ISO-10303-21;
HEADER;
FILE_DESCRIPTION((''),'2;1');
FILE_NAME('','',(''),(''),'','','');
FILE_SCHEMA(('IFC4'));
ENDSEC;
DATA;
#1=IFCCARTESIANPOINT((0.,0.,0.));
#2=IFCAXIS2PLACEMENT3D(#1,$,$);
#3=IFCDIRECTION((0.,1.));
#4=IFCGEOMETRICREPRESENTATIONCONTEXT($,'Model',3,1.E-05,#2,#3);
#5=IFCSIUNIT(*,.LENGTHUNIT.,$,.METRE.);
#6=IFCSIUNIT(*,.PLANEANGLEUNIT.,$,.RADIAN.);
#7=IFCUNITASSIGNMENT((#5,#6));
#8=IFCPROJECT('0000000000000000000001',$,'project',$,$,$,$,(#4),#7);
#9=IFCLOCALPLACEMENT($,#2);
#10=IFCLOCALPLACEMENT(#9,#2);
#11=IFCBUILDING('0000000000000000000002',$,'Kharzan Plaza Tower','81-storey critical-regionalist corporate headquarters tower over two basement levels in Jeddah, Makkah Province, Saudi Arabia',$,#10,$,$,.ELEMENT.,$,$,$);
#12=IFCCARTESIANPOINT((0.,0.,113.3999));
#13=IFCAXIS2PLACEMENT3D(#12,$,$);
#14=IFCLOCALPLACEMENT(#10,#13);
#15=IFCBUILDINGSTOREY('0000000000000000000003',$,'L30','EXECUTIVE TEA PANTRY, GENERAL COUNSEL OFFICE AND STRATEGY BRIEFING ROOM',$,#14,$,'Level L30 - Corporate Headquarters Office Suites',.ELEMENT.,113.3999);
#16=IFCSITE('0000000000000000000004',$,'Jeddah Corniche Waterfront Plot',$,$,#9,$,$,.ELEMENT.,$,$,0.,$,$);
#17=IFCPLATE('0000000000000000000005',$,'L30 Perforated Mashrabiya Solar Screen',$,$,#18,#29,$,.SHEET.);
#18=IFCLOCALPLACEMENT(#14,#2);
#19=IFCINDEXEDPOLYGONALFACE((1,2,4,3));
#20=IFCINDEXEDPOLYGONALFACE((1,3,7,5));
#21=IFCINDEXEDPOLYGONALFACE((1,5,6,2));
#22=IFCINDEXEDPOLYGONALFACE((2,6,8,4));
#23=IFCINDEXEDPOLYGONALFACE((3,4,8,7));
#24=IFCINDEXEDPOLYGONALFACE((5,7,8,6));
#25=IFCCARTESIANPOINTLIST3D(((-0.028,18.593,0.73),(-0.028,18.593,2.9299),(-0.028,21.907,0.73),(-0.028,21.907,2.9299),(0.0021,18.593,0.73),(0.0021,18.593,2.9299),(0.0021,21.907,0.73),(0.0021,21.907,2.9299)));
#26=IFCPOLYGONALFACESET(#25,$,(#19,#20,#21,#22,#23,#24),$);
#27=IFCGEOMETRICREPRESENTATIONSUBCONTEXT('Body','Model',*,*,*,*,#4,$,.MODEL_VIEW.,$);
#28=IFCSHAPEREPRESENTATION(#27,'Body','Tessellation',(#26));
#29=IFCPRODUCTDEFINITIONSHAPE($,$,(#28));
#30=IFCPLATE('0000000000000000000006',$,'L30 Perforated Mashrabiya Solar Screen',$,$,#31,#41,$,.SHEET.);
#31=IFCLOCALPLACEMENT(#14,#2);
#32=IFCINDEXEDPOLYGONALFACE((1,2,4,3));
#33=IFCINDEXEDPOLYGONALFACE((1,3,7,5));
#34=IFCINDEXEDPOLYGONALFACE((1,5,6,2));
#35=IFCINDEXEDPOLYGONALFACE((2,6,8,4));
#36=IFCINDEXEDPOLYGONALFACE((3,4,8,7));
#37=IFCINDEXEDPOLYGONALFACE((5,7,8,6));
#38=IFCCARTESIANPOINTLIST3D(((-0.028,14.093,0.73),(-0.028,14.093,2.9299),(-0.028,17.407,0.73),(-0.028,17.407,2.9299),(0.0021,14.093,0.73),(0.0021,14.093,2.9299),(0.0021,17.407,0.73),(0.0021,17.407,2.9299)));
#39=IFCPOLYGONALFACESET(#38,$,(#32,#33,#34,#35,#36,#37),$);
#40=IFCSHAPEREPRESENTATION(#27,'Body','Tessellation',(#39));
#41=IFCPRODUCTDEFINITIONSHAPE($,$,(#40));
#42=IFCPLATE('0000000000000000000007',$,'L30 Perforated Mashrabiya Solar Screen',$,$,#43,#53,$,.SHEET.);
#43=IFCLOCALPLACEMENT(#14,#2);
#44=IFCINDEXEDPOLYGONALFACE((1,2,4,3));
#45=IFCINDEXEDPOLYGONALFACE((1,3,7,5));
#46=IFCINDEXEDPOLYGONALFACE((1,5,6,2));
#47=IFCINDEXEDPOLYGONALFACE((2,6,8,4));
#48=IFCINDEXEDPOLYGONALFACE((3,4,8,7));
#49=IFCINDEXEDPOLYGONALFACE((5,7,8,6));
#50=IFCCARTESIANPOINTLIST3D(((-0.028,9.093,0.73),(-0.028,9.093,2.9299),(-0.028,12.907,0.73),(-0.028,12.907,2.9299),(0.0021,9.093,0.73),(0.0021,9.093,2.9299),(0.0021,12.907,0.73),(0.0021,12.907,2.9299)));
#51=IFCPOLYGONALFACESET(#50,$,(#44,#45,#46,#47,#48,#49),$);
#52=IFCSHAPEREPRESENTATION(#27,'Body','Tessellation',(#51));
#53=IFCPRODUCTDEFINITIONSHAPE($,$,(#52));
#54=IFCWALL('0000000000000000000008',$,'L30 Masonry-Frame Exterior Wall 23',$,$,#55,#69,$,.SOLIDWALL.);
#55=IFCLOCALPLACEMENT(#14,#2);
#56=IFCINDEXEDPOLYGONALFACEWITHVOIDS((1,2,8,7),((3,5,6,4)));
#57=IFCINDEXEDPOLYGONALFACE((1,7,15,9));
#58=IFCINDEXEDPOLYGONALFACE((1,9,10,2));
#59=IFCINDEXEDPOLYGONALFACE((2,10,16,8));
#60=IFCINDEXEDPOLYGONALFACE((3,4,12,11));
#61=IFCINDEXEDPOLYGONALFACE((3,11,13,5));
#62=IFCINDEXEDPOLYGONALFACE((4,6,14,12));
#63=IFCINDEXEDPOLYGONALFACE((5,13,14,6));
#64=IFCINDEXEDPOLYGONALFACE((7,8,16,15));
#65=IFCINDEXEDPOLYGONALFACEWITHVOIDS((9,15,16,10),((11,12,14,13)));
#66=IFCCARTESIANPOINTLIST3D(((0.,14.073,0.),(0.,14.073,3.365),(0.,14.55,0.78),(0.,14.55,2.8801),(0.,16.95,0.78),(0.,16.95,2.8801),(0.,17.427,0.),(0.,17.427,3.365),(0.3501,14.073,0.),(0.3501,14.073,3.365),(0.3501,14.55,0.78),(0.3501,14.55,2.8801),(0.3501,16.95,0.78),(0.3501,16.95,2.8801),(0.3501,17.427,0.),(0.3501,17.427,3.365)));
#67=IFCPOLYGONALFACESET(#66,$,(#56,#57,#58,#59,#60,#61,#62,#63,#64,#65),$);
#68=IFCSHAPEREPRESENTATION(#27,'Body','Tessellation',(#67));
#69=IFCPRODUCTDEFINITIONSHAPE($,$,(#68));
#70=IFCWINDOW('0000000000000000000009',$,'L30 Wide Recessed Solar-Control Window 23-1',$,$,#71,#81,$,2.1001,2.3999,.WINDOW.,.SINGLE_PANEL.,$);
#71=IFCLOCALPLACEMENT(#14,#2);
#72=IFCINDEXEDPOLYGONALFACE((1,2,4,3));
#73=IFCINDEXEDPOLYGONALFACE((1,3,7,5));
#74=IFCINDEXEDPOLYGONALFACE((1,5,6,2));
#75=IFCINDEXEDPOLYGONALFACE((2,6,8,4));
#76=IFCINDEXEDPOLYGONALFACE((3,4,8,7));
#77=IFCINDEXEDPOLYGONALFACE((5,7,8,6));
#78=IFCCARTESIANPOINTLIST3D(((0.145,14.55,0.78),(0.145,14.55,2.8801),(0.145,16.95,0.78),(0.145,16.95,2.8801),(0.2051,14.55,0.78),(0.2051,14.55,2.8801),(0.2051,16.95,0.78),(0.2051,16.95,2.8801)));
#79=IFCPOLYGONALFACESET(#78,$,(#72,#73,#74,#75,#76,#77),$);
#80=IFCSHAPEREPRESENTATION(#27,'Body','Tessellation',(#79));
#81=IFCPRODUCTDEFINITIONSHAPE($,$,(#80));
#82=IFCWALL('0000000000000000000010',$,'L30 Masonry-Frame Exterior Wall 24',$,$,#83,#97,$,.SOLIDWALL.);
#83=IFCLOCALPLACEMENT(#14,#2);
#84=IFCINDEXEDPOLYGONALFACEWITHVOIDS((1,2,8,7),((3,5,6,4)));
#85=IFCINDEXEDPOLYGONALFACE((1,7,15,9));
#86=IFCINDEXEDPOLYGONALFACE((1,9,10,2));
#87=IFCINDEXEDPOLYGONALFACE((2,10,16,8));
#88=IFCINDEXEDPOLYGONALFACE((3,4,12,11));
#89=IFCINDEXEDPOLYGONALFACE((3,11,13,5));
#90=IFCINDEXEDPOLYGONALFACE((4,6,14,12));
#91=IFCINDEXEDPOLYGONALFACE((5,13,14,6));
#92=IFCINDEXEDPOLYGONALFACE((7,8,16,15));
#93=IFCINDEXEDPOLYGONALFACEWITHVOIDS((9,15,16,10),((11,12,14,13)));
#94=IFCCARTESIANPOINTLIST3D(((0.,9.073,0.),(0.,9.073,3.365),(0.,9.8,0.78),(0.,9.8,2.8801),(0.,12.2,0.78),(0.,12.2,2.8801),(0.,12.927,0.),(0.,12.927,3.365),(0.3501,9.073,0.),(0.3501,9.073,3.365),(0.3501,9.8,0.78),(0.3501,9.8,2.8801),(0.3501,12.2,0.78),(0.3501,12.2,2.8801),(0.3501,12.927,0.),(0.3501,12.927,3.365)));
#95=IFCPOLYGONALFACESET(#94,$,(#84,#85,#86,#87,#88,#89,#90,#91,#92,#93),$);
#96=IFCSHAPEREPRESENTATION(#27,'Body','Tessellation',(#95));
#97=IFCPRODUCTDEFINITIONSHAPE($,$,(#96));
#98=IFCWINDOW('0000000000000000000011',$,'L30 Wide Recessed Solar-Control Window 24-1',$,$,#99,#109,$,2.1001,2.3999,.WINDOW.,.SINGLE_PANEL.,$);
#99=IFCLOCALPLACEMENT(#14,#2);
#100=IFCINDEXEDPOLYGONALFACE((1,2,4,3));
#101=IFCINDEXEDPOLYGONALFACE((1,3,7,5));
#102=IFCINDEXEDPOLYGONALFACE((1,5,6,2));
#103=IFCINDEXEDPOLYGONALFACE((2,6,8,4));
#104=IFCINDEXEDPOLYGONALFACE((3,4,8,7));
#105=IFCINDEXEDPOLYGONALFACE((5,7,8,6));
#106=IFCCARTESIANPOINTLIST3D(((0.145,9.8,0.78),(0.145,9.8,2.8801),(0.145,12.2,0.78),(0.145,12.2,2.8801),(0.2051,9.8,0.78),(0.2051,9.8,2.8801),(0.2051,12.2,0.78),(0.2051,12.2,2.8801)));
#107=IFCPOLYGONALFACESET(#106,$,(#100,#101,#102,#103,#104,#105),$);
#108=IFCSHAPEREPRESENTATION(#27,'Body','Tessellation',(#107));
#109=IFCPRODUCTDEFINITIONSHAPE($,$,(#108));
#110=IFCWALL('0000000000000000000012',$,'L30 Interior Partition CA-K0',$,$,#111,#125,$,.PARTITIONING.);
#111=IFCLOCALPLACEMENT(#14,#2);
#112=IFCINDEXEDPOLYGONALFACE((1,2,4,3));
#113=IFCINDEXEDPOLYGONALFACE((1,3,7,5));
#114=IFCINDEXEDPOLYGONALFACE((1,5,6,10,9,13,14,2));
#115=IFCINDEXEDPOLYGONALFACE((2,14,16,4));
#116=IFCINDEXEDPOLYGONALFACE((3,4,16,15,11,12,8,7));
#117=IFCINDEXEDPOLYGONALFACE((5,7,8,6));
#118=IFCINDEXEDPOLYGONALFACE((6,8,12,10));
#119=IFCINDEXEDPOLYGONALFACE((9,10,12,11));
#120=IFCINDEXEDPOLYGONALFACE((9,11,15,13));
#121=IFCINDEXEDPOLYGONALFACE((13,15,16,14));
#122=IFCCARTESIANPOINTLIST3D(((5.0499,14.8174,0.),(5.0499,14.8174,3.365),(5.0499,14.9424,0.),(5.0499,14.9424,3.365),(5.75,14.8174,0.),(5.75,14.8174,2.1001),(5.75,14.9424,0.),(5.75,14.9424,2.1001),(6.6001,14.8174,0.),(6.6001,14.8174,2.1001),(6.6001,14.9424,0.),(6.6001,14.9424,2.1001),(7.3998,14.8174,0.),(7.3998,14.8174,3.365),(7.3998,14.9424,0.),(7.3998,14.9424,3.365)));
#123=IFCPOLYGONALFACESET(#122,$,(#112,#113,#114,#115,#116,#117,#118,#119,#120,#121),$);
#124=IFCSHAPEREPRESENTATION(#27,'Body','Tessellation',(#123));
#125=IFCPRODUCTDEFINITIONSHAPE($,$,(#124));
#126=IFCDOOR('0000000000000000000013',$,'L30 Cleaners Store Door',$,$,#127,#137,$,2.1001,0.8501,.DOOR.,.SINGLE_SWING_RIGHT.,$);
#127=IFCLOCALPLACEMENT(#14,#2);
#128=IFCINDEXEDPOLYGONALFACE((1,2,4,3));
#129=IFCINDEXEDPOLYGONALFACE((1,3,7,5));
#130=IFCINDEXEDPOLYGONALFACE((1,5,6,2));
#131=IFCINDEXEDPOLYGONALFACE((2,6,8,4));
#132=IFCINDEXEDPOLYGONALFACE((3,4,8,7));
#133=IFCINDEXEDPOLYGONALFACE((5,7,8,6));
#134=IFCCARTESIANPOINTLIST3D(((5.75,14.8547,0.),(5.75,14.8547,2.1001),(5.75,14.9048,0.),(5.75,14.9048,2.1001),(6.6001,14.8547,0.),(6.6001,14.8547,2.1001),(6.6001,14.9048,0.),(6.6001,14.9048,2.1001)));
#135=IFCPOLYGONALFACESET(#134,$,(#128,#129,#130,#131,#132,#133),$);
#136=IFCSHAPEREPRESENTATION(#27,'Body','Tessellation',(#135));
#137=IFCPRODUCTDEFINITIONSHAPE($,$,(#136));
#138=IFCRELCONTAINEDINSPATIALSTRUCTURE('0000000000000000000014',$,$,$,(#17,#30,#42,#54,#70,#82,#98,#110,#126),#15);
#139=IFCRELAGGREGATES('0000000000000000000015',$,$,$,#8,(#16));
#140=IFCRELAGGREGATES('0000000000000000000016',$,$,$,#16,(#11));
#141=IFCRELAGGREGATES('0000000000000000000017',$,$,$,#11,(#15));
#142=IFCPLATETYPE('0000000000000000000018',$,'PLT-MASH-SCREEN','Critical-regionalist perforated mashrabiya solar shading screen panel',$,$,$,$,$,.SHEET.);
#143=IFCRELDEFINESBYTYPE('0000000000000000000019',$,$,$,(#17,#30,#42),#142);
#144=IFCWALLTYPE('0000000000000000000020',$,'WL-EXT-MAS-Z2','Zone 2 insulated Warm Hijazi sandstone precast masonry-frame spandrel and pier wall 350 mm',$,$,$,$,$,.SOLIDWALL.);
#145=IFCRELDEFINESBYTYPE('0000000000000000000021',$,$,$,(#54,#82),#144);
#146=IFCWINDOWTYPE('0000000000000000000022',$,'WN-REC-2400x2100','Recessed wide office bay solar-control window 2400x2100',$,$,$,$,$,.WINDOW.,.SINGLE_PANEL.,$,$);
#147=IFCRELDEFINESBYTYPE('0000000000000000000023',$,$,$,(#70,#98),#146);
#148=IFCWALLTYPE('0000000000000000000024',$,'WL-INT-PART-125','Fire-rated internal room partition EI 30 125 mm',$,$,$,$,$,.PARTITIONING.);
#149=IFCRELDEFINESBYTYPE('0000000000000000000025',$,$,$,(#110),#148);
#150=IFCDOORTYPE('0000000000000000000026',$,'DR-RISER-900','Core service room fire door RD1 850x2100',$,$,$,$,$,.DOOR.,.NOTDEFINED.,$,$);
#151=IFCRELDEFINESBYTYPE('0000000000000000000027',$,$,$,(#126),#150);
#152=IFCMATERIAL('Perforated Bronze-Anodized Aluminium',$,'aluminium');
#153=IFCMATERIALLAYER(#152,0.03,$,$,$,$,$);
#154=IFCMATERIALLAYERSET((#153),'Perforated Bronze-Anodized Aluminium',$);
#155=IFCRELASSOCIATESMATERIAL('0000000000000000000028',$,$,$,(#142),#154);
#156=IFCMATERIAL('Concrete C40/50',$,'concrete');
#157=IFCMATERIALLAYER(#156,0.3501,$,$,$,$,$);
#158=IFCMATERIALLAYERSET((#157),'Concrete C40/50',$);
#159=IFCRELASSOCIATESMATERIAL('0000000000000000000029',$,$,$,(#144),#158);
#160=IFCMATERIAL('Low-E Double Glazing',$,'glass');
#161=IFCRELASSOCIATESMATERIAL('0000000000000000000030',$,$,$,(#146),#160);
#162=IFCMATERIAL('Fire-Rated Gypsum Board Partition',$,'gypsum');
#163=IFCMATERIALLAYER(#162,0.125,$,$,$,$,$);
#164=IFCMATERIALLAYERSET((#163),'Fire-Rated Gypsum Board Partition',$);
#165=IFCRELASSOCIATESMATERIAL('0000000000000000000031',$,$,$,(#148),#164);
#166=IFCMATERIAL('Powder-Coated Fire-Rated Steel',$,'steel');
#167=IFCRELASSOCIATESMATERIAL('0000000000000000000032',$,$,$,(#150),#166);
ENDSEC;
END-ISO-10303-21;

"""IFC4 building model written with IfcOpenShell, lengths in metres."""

from ifc_helpers import new_model, si_unit, direction, frame, frame_2d, origin, origin_2d, place, context, subcontext, project, spatial, rectangle, extrude, source, transform, mapped, material, layer, layer_set, type_object, element, fill, save


model = new_model("IFC4")

# Units and contexts
model_context = context("Model", 3, precision=1e-05, world=origin(), true_north=direction((0.0, 1.0)))
body_context = subcontext(model_context, "Body", "Model", "MODEL_VIEW")
ifc_project = project(units=[si_unit("LENGTHUNIT", "METRE"), si_unit("PLANEANGLEUNIT", "RADIAN")], contexts=[model_context])

# Site, building, storey
site_placement = place(None, origin())
site = spatial("IfcSite", under=ifc_project, at=site_placement, Name="Jeddah Corniche Waterfront Plot", CompositionType="ELEMENT", RefElevation=0.0)
building_placement = place(site_placement, origin())
building = spatial("IfcBuilding", under=site, at=building_placement, Name="Kharzan Plaza Tower", Description="81-storey critical-regionalist corporate headquarters tower over two basement levels in Jeddah, Makkah Province, Saudi Arabia", CompositionType="ELEMENT")
storey_placement = place(building_placement, frame((0.0, 0.0, 113.3999)))
storey = spatial("IfcBuildingStorey", under=building, at=storey_placement, Name="L30", Description="EXECUTIVE TEA PANTRY, GENERAL COUNSEL OFFICE AND STRATEGY BRIEFING ROOM", LongName="Level L30 - Corporate Headquarters Office Suites", CompositionType="ELEMENT", Elevation=113.3999)

# Plates
ifc_material_1 = material(Name="Perforated Bronze-Anodized Aluminium", Category="aluminium")
ifc_layer_1 = layer(ifc_material_1, 0.03)
ifc_layer_set_1 = layer_set([ifc_layer_1], Name="Perforated Bronze-Anodized Aluminium")
plate_type = type_object("IfcPlateType", Name="PLT-MASH-SCREEN", Description="Critical-regionalist perforated mashrabiya solar shading screen panel", PredefinedType="SHEET", material=ifc_layer_set_1)
shared_shape_1 = source(origin(), body_context, "Body", "SweptSolid", [
    extrude(rectangle(XDim=3.314, YDim=0.03, at=origin_2d()), origin(), (0.0, 0.0, 1.0), 2.2),
])
for number, where, z_axis, x_axis, name in (
    (1, (-0.0129, 20.25, 0.73), (0.0, 0.0, 1.0), (0.0, -1.0, 0.0), "L30 Perforated Mashrabiya Solar Screen"),
    (2, (-0.0129, 15.75, 0.73), (0.0, 0.0, 1.0), (0.0, -1.0, 0.0), "L30 Perforated Mashrabiya Solar Screen"),
):
    element("IfcPlate", number, at=place(storey_placement, frame(where, z_axis=z_axis, x_axis=x_axis)), inside=storey, type_object=plate_type, Name=name, PredefinedType="SHEET", context=body_context, shape_type="MappedRepresentation", body=[
        mapped(shared_shape_1, transform((0.0, 0.0, 0.0), x_axis=(1.0, 0.0, 0.0), y_axis=(0.0, 1.0, 0.0), z_axis=(0.0, 0.0, 1.0))),
    ])
shared_shape_2 = source(origin(), body_context, "Body", "SweptSolid", [
    extrude(rectangle(XDim=3.814, YDim=0.03, at=origin_2d()), origin(), (0.0, 0.0, 1.0), 2.2),
])
plate_placement = place(storey_placement, frame((-0.0129, 11.0, 0.73), z_axis=(0.0, 0.0, 1.0), x_axis=(0.0, -1.0, 0.0)))
element("IfcPlate", 3, at=plate_placement, inside=storey, type_object=plate_type, Name="L30 Perforated Mashrabiya Solar Screen", PredefinedType="SHEET", context=body_context, shape_type="MappedRepresentation", body=[
    mapped(shared_shape_2, transform((0.0, 0.0, 0.0), x_axis=(1.0, 0.0, 0.0), y_axis=(0.0, 1.0, 0.0), z_axis=(0.0, 0.0, 1.0))),
])

# Walls, openings, windows
ifc_material_2 = material(Name="Concrete C40/50", Category="concrete")
ifc_layer_2 = layer(ifc_material_2, 0.3501)
ifc_layer_set_2 = layer_set([ifc_layer_2], Name="Concrete C40/50")
wall_type_1 = type_object("IfcWallType", Name="WL-EXT-MAS-Z2", Description="Zone 2 insulated Warm Hijazi sandstone precast masonry-frame spandrel and pier wall 350 mm", PredefinedType="SOLIDWALL", material=ifc_layer_set_2)
wall_1_placement = place(storey_placement, frame((0.175, 17.427, 0.0), z_axis=(0.0, 0.0, 1.0), x_axis=(0.0, -1.0, 0.0)))
wall_1 = element("IfcWall", 4, at=wall_1_placement, inside=storey, type_object=wall_type_1, Name="L30 Masonry-Frame Exterior Wall 23", PredefinedType="SOLIDWALL", context=body_context, shape_type="SweptSolid", body=[
    extrude(rectangle(XDim=3.354, YDim=0.3501, at=frame_2d((1.677, 0.0))), origin(), (0.0, 0.0, 1.0), 3.365),
])
opening_1_placement = place(wall_1_placement, frame((0.4771, 0.0, 0.78)))
opening_1 = element("IfcOpeningElement", 5, at=opening_1_placement, cuts=wall_1, PredefinedType="OPENING", context=body_context, shape_type="SweptSolid", body=[
    extrude(rectangle(XDim=2.3999, YDim=2.1001, at=frame_2d((1.2, 1.05))), frame((0.0, 0.1851, 0.0), z_axis=(0.0, -1.0, 0.0), x_axis=(1.0, 0.0, 0.0)), (0.0, 0.0, 1.0), 0.3701),
])
ifc_material_3 = material(Name="Low-E Double Glazing", Category="glass")
window_type = type_object("IfcWindowType", Name="WN-REC-2400x2100", Description="Recessed wide office bay solar-control window 2400x2100", PartitioningType="SINGLE_PANEL", PredefinedType="WINDOW", material=ifc_material_3)
shared_shape_3 = source(origin(), body_context, "Body", "SweptSolid", [
    extrude(rectangle(XDim=2.3999, YDim=2.1001, at=frame_2d((1.2, 1.05))), frame((0.0, 0.03, 0.0), z_axis=(0.0, -1.0, 0.0), x_axis=(1.0, 0.0, 0.0)), (0.0, 0.0, 1.0), 0.0601),
])
window_1_placement = place(opening_1_placement, origin())
window_1 = element("IfcWindow", 6, at=window_1_placement, inside=storey, type_object=window_type, Name="L30 Wide Recessed Solar-Control Window 23-1", OverallHeight=2.1001, OverallWidth=2.3999, PartitioningType="SINGLE_PANEL", PredefinedType="WINDOW", context=body_context, shape_type="MappedRepresentation", body=[
    mapped(shared_shape_3, transform((0.0, 0.0, 0.0), x_axis=(1.0, 0.0, 0.0), y_axis=(0.0, 1.0, 0.0), z_axis=(0.0, 0.0, 1.0))),
])
fill(opening_1, window_1)
wall_2_placement = place(storey_placement, frame((0.175, 12.927, 0.0), z_axis=(0.0, 0.0, 1.0), x_axis=(0.0, -1.0, 0.0)))
wall_2 = element("IfcWall", 7, at=wall_2_placement, inside=storey, type_object=wall_type_1, Name="L30 Masonry-Frame Exterior Wall 24", PredefinedType="SOLIDWALL", context=body_context, shape_type="SweptSolid", body=[
    extrude(rectangle(XDim=3.854, YDim=0.3501, at=frame_2d((1.927, 0.0))), origin(), (0.0, 0.0, 1.0), 3.365),
])
opening_2_placement = place(wall_2_placement, frame((0.7271, 0.0, 0.78)))
opening_2 = element("IfcOpeningElement", 8, at=opening_2_placement, cuts=wall_2, PredefinedType="OPENING", context=body_context, shape_type="SweptSolid", body=[
    extrude(rectangle(XDim=2.3999, YDim=2.1001, at=frame_2d((1.2, 1.05))), frame((0.0, 0.1851, 0.0), z_axis=(0.0, -1.0, 0.0), x_axis=(1.0, 0.0, 0.0)), (0.0, 0.0, 1.0), 0.3701),
])
window_2_placement = place(opening_2_placement, origin())
window_2 = element("IfcWindow", 9, at=window_2_placement, inside=storey, type_object=window_type, Name="L30 Wide Recessed Solar-Control Window 24-1", OverallHeight=2.1001, OverallWidth=2.3999, PartitioningType="SINGLE_PANEL", PredefinedType="WINDOW", context=body_context, shape_type="MappedRepresentation", body=[
    mapped(shared_shape_3, transform((0.0, 0.0, 0.0), x_axis=(1.0, 0.0, 0.0), y_axis=(0.0, 1.0, 0.0), z_axis=(0.0, 0.0, 1.0))),
])
fill(opening_2, window_2)

# Wall, opening, door
ifc_material_4 = material(Name="Fire-Rated Gypsum Board Partition", Category="gypsum")
ifc_layer_3 = layer(ifc_material_4, 0.125)
ifc_layer_set_3 = layer_set([ifc_layer_3], Name="Fire-Rated Gypsum Board Partition")
wall_type_2 = type_object("IfcWallType", Name="WL-INT-PART-125", Description="Fire-rated internal room partition EI 30 125 mm", PredefinedType="PARTITIONING", material=ifc_layer_set_3)
wall_3_placement = place(storey_placement, frame((5.05, 14.8799, 0.0), z_axis=(0.0, 0.0, 1.0), x_axis=(1.0, 0.0, 0.0)))
wall_3 = element("IfcWall", 10, at=wall_3_placement, inside=storey, type_object=wall_type_2, Name="L30 Interior Partition CA-K0", PredefinedType="PARTITIONING", context=body_context, shape_type="SweptSolid", body=[
    extrude(rectangle(XDim=2.3499, YDim=0.125, at=frame_2d((1.1748, 0.0))), origin(), (0.0, 0.0, 1.0), 3.365),
])
opening_3_placement = place(wall_3_placement, frame((0.7, 0.0, 0.0)))
opening_3 = element("IfcOpeningElement", 11, at=opening_3_placement, cuts=wall_3, PredefinedType="OPENING", context=body_context, shape_type="SweptSolid", body=[
    extrude(rectangle(XDim=0.8501, YDim=2.1001, at=frame_2d((0.425, 1.05))), frame((0.0, 0.0725, 0.0), z_axis=(0.0, -1.0, 0.0), x_axis=(1.0, 0.0, 0.0)), (0.0, 0.0, 1.0), 0.145),
])
ifc_material_5 = material(Name="Powder-Coated Fire-Rated Steel", Category="steel")
door_type_1 = type_object("IfcDoorType", Name="DR-RISER-900", Description="Core service room fire door RD1 850x2100", OperationType="NOTDEFINED", PredefinedType="DOOR", material=ifc_material_5)
shared_shape_4 = source(origin(), body_context, "Body", "SweptSolid", [
    extrude(rectangle(XDim=0.8501, YDim=2.1001, at=frame_2d((0.425, 1.05))), frame((0.0, 0.0249, 0.0), z_axis=(0.0, -1.0, 0.0), x_axis=(1.0, 0.0, 0.0)), (0.0, 0.0, 1.0), 0.05),
])
door_1_placement = place(opening_3_placement, origin())
door_1 = element("IfcDoor", 12, at=door_1_placement, inside=storey, type_object=door_type_1, Name="L30 Cleaners Store Door", OperationType="SINGLE_SWING_RIGHT", OverallHeight=2.1001, OverallWidth=0.8501, PredefinedType="DOOR", context=body_context, shape_type="MappedRepresentation", body=[
    mapped(shared_shape_4, transform((0.0, 0.0, 0.0), x_axis=(1.0, 0.0, 0.0), y_axis=(0.0, 1.0, 0.0), z_axis=(0.0, 0.0, 1.0))),
])
fill(opening_3, door_1)

save(model, "model.ifc")
